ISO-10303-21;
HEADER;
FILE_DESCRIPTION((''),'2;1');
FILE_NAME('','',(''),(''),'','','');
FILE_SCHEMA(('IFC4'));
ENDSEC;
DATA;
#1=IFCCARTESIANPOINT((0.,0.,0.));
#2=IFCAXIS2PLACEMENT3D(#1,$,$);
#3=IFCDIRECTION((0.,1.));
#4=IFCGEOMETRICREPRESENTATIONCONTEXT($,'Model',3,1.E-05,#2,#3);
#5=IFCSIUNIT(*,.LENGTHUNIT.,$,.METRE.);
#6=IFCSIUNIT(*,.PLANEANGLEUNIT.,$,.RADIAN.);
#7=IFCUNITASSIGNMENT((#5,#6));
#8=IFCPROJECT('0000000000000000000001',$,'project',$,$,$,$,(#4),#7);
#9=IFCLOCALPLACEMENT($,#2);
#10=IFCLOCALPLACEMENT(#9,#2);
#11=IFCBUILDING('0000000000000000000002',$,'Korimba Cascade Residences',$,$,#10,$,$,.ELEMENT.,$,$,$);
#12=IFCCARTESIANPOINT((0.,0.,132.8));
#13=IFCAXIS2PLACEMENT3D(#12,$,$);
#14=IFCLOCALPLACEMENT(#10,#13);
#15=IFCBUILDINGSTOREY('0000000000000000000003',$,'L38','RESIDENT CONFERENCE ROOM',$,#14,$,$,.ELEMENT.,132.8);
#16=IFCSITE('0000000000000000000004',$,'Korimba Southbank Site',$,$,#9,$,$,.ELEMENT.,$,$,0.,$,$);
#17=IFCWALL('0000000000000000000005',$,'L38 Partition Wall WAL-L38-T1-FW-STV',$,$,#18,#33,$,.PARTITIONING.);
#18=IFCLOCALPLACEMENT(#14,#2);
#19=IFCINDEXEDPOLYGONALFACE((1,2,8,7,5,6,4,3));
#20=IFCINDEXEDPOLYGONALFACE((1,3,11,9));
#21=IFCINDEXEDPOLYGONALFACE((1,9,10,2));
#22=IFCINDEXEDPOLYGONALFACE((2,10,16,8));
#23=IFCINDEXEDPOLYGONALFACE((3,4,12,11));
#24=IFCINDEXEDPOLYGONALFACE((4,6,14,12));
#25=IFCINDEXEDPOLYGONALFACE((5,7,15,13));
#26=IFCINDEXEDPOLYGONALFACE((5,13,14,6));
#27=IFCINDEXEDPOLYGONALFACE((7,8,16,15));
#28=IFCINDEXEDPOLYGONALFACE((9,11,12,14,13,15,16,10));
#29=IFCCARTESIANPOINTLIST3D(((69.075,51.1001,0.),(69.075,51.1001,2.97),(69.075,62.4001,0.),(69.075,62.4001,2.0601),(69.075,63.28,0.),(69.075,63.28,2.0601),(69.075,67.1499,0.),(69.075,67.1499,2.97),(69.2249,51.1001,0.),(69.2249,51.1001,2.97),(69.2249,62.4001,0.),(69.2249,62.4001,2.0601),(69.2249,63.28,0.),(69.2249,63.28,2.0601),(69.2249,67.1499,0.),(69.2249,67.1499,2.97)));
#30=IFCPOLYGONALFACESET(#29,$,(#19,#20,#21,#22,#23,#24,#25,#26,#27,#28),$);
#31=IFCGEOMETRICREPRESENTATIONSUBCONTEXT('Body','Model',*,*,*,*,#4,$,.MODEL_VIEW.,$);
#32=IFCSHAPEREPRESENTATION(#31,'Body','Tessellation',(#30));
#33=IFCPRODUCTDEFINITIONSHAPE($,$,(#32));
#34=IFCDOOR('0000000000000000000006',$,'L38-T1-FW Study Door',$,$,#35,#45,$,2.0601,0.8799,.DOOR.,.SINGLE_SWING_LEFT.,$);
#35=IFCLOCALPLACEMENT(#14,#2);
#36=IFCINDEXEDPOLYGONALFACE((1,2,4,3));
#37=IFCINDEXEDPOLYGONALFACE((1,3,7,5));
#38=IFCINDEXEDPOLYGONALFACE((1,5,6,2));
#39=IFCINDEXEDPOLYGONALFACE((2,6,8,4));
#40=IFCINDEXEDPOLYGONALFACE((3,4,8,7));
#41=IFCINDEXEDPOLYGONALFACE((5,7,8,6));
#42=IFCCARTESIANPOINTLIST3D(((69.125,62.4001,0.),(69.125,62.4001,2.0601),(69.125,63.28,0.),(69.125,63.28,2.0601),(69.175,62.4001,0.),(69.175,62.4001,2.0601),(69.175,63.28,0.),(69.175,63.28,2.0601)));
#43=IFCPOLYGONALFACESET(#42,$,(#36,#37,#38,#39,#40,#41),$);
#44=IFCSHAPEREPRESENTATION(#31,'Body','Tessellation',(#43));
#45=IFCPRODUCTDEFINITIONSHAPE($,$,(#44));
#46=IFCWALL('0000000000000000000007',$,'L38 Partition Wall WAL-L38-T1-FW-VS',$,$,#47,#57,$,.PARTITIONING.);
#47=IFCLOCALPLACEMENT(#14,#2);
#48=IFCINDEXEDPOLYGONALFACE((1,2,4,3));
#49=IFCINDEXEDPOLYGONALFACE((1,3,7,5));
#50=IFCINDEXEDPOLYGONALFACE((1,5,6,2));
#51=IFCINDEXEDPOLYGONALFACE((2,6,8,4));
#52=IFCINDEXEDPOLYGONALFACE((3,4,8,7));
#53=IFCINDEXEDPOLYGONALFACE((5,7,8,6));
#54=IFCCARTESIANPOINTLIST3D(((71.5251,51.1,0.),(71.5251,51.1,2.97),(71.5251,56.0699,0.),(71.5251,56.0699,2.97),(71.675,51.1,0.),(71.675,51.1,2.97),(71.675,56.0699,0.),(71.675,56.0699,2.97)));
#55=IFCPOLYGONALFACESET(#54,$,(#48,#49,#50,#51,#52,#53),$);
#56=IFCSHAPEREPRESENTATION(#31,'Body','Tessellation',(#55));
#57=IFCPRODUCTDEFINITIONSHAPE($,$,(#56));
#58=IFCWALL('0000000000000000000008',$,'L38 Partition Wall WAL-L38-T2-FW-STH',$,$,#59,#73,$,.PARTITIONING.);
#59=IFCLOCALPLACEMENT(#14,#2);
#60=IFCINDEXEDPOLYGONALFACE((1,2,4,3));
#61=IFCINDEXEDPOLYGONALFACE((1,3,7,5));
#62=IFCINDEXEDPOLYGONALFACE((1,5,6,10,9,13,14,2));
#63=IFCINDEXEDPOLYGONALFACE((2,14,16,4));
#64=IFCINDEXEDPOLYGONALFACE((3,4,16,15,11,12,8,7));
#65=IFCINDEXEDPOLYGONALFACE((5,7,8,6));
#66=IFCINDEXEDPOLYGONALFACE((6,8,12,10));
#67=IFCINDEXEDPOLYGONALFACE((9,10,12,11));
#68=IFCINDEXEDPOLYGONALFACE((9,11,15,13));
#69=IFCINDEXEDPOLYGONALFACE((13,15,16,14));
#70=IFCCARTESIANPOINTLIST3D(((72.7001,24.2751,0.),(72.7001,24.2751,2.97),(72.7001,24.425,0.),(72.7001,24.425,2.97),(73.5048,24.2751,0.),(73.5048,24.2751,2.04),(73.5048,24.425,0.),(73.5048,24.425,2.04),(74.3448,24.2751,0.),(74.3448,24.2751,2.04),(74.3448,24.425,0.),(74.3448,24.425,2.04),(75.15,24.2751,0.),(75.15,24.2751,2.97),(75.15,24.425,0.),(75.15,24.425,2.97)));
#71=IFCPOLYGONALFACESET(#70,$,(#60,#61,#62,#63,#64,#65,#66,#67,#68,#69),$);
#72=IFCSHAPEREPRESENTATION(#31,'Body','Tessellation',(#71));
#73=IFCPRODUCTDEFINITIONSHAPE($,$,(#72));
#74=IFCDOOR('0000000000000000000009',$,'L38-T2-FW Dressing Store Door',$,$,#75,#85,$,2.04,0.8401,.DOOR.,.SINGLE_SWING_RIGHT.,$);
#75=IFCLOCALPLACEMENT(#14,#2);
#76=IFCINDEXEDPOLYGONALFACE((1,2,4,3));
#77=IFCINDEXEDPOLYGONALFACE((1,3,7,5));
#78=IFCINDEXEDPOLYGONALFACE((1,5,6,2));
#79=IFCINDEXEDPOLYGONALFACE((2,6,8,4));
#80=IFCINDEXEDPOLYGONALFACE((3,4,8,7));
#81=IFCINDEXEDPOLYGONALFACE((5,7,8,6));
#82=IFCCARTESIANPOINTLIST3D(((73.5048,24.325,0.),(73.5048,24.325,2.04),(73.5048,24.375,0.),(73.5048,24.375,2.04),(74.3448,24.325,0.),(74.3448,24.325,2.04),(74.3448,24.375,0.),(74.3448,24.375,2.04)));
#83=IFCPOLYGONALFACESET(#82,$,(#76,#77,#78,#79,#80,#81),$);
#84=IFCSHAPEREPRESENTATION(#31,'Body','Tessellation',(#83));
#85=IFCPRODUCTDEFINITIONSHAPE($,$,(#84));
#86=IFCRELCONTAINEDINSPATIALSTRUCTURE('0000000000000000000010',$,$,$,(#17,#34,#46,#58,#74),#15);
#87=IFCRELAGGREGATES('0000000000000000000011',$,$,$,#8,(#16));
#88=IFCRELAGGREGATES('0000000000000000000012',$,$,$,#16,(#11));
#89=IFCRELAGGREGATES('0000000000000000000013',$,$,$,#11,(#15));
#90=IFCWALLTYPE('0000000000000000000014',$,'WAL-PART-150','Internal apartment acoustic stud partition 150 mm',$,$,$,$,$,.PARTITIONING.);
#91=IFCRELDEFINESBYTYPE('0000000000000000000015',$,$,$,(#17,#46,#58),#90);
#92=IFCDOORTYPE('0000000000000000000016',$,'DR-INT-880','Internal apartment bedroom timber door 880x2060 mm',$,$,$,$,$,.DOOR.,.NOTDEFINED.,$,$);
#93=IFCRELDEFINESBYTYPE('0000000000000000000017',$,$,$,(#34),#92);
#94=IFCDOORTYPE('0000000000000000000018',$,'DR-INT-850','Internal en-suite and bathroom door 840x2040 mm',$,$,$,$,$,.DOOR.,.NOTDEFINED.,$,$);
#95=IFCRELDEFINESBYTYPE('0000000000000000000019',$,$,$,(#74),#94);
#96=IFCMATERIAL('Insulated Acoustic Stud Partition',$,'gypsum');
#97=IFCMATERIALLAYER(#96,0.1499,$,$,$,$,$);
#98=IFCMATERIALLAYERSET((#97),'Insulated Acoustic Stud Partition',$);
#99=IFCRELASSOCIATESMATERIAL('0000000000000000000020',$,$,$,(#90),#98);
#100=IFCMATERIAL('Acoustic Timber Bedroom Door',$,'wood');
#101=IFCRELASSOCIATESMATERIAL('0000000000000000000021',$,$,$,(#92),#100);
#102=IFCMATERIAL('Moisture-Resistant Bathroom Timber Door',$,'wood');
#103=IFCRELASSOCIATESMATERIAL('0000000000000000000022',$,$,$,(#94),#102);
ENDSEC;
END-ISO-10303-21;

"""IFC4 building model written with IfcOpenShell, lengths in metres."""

from ifc_helpers import new_model, si_unit, direction, frame, frame_2d, origin, place, context, subcontext, project, spatial, rectangle, extrude, material, layer, layer_set, type_object, element, fill, save


model = new_model("IFC4")

# Units and contexts
model_context = context("Model", 3, precision=1e-05, world=origin(), true_north=direction((0.0, 1.0)))
body_context = subcontext(model_context, "Body", "Model", "MODEL_VIEW")
ifc_project = project(units=[si_unit("LENGTHUNIT", "METRE"), si_unit("PLANEANGLEUNIT", "RADIAN")], contexts=[model_context])

# Site, building, storey
site_placement = place(None, origin())
site = spatial("IfcSite", under=ifc_project, at=site_placement, Name="Korimba Southbank Site", CompositionType="ELEMENT", RefElevation=0.0)
building_placement = place(site_placement, origin())
building = spatial("IfcBuilding", under=site, at=building_placement, Name="Korimba Cascade Residences", CompositionType="ELEMENT")
storey_placement = place(building_placement, frame((0.0, 0.0, 132.8)))
storey = spatial("IfcBuildingStorey", under=building, at=storey_placement, Name="L38", Description="RESIDENT CONFERENCE ROOM", CompositionType="ELEMENT", Elevation=132.8)

# Wall, opening, door
ifc_material_1 = material(Name="Insulated Acoustic Stud Partition", Category="gypsum")
ifc_layer_1 = layer(ifc_material_1, 0.1499)
ifc_layer_set_1 = layer_set([ifc_layer_1], Name="Insulated Acoustic Stud Partition")
wall_type_1 = type_object("IfcWallType", Name="WAL-PART-150", Description="Internal apartment acoustic stud partition 150 mm", PredefinedType="PARTITIONING", material=ifc_layer_set_1)
wall_1_placement = place(storey_placement, frame((69.1499, 51.1001, 0.0), z_axis=(0.0, 0.0, 1.0), x_axis=(0.0, 1.0, 0.0)))
wall_1 = element("IfcWall", 1, at=wall_1_placement, inside=storey, type_object=wall_type_1, Name="L38 Partition Wall WAL-L38-T1-FW-STV", PredefinedType="PARTITIONING", context=body_context, shape_type="SweptSolid", body=[
    extrude(rectangle(XDim=16.0498, YDim=0.1499, at=frame_2d((8.0249, 0.0))), origin(), (0.0, 0.0, 1.0), 2.97),
])
opening_1_placement = place(wall_1_placement, frame((11.3, 0.0, 0.0)))
opening_1 = element("IfcOpeningElement", 2, at=opening_1_placement, cuts=wall_1, PredefinedType="OPENING", context=body_context, shape_type="SweptSolid", body=[
    extrude(rectangle(XDim=0.8799, YDim=2.0601, at=frame_2d((0.4399, 1.03))), frame((0.0, 0.085, 0.0), z_axis=(0.0, -1.0, 0.0), x_axis=(1.0, 0.0, 0.0)), (0.0, 0.0, 1.0), 0.1699),
])
ifc_material_2 = material(Name="Acoustic Timber Bedroom Door", Category="wood")
door_type_1 = type_object("IfcDoorType", Name="DR-INT-880", Description="Internal apartment bedroom timber door 880x2060 mm", OperationType="NOTDEFINED", PredefinedType="DOOR", material=ifc_material_2)
door_1_placement = place(opening_1_placement, origin())
door_1 = element("IfcDoor", 3, at=door_1_placement, inside=storey, type_object=door_type_1, Name="L38-T1-FW Study Door", OperationType="SINGLE_SWING_LEFT", OverallHeight=2.0601, OverallWidth=0.8799, PredefinedType="DOOR", context=body_context, shape_type="SweptSolid", body=[
    extrude(rectangle(XDim=0.8799, YDim=2.0601, at=frame_2d((0.4399, 1.03))), frame((0.0, 0.0249, 0.0), z_axis=(0.0, -1.0, 0.0), x_axis=(1.0, 0.0, 0.0)), (0.0, 0.0, 1.0), 0.05),
])
fill(opening_1, door_1)

# Wall
wall_2_placement = place(storey_placement, frame((71.6001, 51.1001, 0.0), z_axis=(0.0, 0.0, 1.0), x_axis=(0.0, 1.0, 0.0)))
element("IfcWall", 4, at=wall_2_placement, inside=storey, type_object=wall_type_1, Name="L38 Partition Wall WAL-L38-T1-FW-VS", PredefinedType="PARTITIONING", context=body_context, shape_type="SweptSolid", body=[
    extrude(rectangle(XDim=4.97, YDim=0.1499, at=frame_2d((2.4849, 0.0))), origin(), (0.0, 0.0, 1.0), 2.97),
])

# Wall, opening, door
wall_3_placement = place(storey_placement, frame((72.7, 24.3501, 0.0), z_axis=(0.0, 0.0, 1.0), x_axis=(1.0, 0.0, 0.0)))
wall_3 = element("IfcWall", 5, at=wall_3_placement, inside=storey, type_object=wall_type_1, Name="L38 Partition Wall WAL-L38-T2-FW-STH", PredefinedType="PARTITIONING", context=body_context, shape_type="SweptSolid", body=[
    extrude(rectangle(XDim=2.45, YDim=0.1499, at=frame_2d((1.2251, 0.0))), origin(), (0.0, 0.0, 1.0), 2.97),
])
opening_2_placement = place(wall_3_placement, frame((0.8049, 0.0, 0.0)))
opening_2 = element("IfcOpeningElement", 6, at=opening_2_placement, cuts=wall_3, PredefinedType="OPENING", context=body_context, shape_type="SweptSolid", body=[
    extrude(rectangle(XDim=0.8401, YDim=2.04, at=frame_2d((0.4199, 1.02))), frame((0.0, 0.085, 0.0), z_axis=(0.0, -1.0, 0.0), x_axis=(1.0, 0.0, 0.0)), (0.0, 0.0, 1.0), 0.1699),
])
ifc_material_3 = material(Name="Moisture-Resistant Bathroom Timber Door", Category="wood")
door_type_2 = type_object("IfcDoorType", Name="DR-INT-850", Description="Internal en-suite and bathroom door 840x2040 mm", OperationType="NOTDEFINED", PredefinedType="DOOR", material=ifc_material_3)
door_2_placement = place(opening_2_placement, origin())
door_2 = element("IfcDoor", 7, at=door_2_placement, inside=storey, type_object=door_type_2, Name="L38-T2-FW Dressing Store Door", OperationType="SINGLE_SWING_RIGHT", OverallHeight=2.04, OverallWidth=0.8401, PredefinedType="DOOR", context=body_context, shape_type="SweptSolid", body=[
    extrude(rectangle(XDim=0.8401, YDim=2.04, at=frame_2d((0.4199, 1.02))), frame((0.0, 0.0249, 0.0), z_axis=(0.0, -1.0, 0.0), x_axis=(1.0, 0.0, 0.0)), (0.0, 0.0, 1.0), 0.05),
])
fill(opening_2, door_2)

save(model, "model.ifc")
